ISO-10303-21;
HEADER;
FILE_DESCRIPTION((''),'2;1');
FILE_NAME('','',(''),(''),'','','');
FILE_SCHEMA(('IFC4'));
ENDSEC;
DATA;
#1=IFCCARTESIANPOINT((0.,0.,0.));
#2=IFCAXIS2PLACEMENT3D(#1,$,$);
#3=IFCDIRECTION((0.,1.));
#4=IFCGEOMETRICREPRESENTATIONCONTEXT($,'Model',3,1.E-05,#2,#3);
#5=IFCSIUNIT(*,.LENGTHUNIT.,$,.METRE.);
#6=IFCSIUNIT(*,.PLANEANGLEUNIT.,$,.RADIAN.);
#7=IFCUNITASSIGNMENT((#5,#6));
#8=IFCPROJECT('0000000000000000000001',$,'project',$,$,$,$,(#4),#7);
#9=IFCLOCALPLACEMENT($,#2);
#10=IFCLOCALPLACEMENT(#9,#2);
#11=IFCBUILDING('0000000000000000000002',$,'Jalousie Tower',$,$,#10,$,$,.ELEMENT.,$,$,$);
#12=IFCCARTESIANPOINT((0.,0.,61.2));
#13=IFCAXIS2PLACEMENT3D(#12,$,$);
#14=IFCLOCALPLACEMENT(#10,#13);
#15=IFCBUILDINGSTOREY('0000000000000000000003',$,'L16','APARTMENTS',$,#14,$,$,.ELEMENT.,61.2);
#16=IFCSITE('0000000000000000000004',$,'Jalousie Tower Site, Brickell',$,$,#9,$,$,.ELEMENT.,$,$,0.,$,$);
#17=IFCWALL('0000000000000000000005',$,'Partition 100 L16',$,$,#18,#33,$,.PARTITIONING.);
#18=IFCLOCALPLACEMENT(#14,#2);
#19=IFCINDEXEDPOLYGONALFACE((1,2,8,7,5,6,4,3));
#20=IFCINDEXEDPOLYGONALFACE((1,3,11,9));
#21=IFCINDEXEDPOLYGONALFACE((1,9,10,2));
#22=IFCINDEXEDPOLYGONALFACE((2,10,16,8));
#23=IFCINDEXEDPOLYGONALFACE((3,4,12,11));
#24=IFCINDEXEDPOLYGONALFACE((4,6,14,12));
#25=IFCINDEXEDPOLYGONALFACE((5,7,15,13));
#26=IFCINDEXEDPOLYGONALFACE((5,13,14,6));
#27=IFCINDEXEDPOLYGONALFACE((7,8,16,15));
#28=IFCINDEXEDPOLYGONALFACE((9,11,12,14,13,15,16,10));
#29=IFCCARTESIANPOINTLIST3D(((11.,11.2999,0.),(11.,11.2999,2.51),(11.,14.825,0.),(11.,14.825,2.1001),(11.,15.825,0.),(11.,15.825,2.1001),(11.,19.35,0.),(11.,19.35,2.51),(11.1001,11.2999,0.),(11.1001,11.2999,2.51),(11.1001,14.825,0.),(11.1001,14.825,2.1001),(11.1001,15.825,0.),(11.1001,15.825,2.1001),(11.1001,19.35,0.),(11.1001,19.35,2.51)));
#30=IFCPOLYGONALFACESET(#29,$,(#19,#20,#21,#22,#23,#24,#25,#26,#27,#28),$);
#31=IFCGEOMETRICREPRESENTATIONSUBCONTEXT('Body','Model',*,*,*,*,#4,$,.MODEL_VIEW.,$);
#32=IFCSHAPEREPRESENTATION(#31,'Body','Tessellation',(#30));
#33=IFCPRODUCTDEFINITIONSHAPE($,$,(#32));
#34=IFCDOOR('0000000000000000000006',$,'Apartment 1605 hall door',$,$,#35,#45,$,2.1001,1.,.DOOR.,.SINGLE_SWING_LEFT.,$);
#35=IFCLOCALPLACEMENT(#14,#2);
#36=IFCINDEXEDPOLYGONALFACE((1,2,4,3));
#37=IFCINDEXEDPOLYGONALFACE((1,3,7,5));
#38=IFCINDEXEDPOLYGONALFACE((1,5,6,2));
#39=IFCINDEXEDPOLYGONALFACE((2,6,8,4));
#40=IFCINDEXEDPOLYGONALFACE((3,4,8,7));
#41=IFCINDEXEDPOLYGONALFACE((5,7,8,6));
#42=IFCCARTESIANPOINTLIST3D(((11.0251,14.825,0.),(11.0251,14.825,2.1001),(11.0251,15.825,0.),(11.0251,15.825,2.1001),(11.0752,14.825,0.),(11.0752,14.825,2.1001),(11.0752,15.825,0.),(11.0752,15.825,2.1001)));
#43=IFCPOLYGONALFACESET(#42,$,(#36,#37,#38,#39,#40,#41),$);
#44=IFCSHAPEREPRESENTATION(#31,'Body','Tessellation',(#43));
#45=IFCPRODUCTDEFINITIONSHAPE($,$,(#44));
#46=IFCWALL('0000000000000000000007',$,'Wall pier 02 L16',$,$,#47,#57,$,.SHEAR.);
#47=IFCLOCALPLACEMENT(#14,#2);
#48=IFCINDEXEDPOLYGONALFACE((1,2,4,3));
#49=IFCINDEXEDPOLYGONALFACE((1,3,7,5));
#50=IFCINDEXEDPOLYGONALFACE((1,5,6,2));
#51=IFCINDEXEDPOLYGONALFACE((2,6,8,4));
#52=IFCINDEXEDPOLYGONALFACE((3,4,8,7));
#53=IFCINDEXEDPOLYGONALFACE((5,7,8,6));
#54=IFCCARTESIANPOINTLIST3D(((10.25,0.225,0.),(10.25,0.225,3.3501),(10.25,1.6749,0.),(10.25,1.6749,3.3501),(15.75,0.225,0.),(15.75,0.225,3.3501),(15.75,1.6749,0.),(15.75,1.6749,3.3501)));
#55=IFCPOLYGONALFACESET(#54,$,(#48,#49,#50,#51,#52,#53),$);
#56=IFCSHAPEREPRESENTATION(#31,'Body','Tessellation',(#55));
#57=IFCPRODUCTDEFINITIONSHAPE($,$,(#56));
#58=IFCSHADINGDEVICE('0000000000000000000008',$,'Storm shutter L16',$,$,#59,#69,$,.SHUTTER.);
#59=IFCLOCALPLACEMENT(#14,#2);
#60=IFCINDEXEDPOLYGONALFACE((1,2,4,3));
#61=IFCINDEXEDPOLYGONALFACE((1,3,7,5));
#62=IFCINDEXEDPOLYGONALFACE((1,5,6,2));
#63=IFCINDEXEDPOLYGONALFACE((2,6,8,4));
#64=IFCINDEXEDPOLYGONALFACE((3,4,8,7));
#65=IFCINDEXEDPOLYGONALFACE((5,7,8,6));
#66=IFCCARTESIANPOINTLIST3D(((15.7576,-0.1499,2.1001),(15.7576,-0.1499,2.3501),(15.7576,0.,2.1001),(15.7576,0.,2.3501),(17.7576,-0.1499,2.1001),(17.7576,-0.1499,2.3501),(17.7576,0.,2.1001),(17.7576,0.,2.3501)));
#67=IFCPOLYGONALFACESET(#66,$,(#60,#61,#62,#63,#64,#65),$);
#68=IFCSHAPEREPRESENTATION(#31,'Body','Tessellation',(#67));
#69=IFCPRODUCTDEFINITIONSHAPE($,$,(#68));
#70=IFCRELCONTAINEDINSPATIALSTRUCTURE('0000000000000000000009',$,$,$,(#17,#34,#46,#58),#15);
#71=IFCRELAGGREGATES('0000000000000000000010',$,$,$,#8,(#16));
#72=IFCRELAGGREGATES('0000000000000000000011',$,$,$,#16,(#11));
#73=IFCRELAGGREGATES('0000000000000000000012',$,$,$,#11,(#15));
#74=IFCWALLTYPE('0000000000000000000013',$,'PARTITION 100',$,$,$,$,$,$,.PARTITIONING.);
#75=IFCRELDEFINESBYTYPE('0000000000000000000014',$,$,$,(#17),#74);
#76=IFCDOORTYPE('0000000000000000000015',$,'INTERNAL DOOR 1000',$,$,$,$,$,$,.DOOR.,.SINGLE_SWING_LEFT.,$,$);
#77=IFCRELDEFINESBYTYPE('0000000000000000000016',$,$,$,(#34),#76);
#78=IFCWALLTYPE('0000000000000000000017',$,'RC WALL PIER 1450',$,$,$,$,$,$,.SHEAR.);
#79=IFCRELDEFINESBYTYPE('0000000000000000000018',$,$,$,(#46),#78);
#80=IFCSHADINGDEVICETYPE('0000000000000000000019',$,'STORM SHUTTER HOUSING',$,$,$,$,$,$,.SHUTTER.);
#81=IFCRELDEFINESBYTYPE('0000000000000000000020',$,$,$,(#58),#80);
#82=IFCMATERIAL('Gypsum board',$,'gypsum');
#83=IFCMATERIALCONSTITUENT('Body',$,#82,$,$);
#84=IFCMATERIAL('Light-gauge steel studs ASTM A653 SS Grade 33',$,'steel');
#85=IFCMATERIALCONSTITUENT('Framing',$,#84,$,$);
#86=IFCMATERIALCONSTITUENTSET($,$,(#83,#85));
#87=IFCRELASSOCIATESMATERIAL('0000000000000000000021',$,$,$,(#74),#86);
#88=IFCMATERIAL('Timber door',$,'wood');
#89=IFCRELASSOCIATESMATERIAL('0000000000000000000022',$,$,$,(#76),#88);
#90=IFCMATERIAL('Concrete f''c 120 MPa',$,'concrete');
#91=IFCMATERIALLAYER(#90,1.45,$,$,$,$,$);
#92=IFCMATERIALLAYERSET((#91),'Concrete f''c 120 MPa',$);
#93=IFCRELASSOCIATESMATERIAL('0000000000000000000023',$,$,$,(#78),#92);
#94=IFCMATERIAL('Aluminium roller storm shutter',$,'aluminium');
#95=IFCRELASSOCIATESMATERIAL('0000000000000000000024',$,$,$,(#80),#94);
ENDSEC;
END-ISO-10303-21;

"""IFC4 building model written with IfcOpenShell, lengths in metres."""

from ifc_helpers import new_model, si_unit, direction, frame, frame_2d, origin, origin_2d, place, context, subcontext, project, spatial, rectangle, extrude, material, layer, layer_set, constituent, constituent_set, type_object, element, fill, save


model = new_model("IFC4")

# Units and contexts
model_context = context("Model", 3, precision=1e-05, world=origin(), true_north=direction((0.0, 1.0)))
body_context = subcontext(model_context, "Body", "Model", "MODEL_VIEW")
ifc_project = project(units=[si_unit("LENGTHUNIT", "METRE"), si_unit("PLANEANGLEUNIT", "RADIAN")], contexts=[model_context])

# Site, building, storey
site_placement = place(None, origin())
site = spatial("IfcSite", under=ifc_project, at=site_placement, Name="Jalousie Tower Site, Brickell", CompositionType="ELEMENT", RefElevation=0.0)
building_placement = place(site_placement, origin())
building = spatial("IfcBuilding", under=site, at=building_placement, Name="Jalousie Tower", CompositionType="ELEMENT")
storey_placement = place(building_placement, frame((0.0, 0.0, 61.2)))
storey = spatial("IfcBuildingStorey", under=building, at=storey_placement, Name="L16", Description="APARTMENTS", CompositionType="ELEMENT", Elevation=61.2)

# Shared definitions
ifc_material_1 = material(Name="Gypsum board", Category="gypsum")
ifc_constituent_1 = constituent(ifc_material_1, Name="Body")
ifc_material_2 = material(Name="Light-gauge steel studs ASTM A653 SS Grade 33", Category="steel")
ifc_constituent_2 = constituent(ifc_material_2, Name="Framing")
ifc_constituent_set_1 = constituent_set(constituents=[ifc_constituent_1, ifc_constituent_2])
wall_type_1 = type_object("IfcWallType", Name="PARTITION 100", PredefinedType="PARTITIONING", material=ifc_constituent_set_1)

# Wall, opening, door
ifc_material_3 = material(Name="Timber door", Category="wood")
door_type_1 = type_object("IfcDoorType", Name="INTERNAL DOOR 1000", OperationType="SINGLE_SWING_LEFT", PredefinedType="DOOR", material=ifc_material_3)
wall_1_placement = place(storey_placement, frame((11.05, 11.3, 0.0), z_axis=(0.0, 0.0, 1.0), x_axis=(0.0, 1.0, 0.0)))
wall_1 = element("IfcWall", 1, at=wall_1_placement, inside=storey, type_object=wall_type_1, Name="Partition 100 L16", PredefinedType="PARTITIONING", context=body_context, shape_type="SweptSolid", body=[
    extrude(rectangle(XDim=8.05, YDim=0.1001, at=frame_2d((4.0249, 0.0))), origin(), (0.0, 0.0, 1.0), 2.51),
])
opening_1_placement = place(wall_1_placement, frame((3.5249, 0.0, 0.0)))
opening_1 = element("IfcOpeningElement", 2, at=opening_1_placement, cuts=wall_1, PredefinedType="OPENING", context=body_context, shape_type="SweptSolid", body=[
    extrude(rectangle(XDim=1.0, YDim=2.1001, at=frame_2d((0.5, 1.05))), frame((0.0, 0.0601, 0.0), z_axis=(0.0, -1.0, 0.0), x_axis=(1.0, 0.0, 0.0)), (0.0, 0.0, 1.0), 0.1201),
])
door_1_placement = place(opening_1_placement, origin())
door_1 = element("IfcDoor", 3, at=door_1_placement, inside=storey, type_object=door_type_1, Name="Apartment 1605 hall door", OperationType="SINGLE_SWING_LEFT", OverallHeight=2.1001, OverallWidth=1.0, PredefinedType="DOOR", context=body_context, shape_type="SweptSolid", body=[
    extrude(rectangle(XDim=1.0, YDim=2.1001, at=frame_2d((0.5, 1.05))), frame((0.0, 0.0249, 0.0), z_axis=(0.0, -1.0, 0.0), x_axis=(1.0, 0.0, 0.0)), (0.0, 0.0, 1.0), 0.05),
])
fill(opening_1, door_1)

# Wall
ifc_material_4 = material(Name="Concrete f'c 120 MPa", Category="concrete")
ifc_layer_1 = layer(ifc_material_4, 1.45)
ifc_layer_set_1 = layer_set([ifc_layer_1], Name="Concrete f'c 120 MPa")
wall_type_2 = type_object("IfcWallType", Name="RC WALL PIER 1450", PredefinedType="SHEAR", material=ifc_layer_set_1)
wall_2_placement = place(storey_placement, frame((10.25, 0.95, 0.0), z_axis=(0.0, 0.0, 1.0), x_axis=(1.0, 0.0, 0.0)))
element("IfcWall", 4, at=wall_2_placement, inside=storey, type_object=wall_type_2, Name="Wall pier 02 L16", PredefinedType="SHEAR", context=body_context, shape_type="SweptSolid", body=[
    extrude(rectangle(XDim=5.5, YDim=1.45, at=frame_2d((2.75, 0.0))), origin(), (0.0, 0.0, 1.0), 3.3501),
])

# Shading device
ifc_material_5 = material(Name="Aluminium roller storm shutter", Category="aluminium")
shading_device_type = type_object("IfcShadingDeviceType", Name="STORM SHUTTER HOUSING", PredefinedType="SHUTTER", material=ifc_material_5)
shading_device_placement = place(storey_placement, frame((16.7576, -0.075, 2.1001), z_axis=(0.0, 0.0, 1.0), x_axis=(1.0, 0.0, 0.0)))
element("IfcShadingDevice", 5, at=shading_device_placement, inside=storey, type_object=shading_device_type, Name="Storm shutter L16", PredefinedType="SHUTTER", context=body_context, shape_type="SweptSolid", body=[
    extrude(rectangle(XDim=2.0, YDim=0.1499, at=origin_2d()), origin(), (0.0, 0.0, 1.0), 0.25),
])

save(model, "model.ifc")
